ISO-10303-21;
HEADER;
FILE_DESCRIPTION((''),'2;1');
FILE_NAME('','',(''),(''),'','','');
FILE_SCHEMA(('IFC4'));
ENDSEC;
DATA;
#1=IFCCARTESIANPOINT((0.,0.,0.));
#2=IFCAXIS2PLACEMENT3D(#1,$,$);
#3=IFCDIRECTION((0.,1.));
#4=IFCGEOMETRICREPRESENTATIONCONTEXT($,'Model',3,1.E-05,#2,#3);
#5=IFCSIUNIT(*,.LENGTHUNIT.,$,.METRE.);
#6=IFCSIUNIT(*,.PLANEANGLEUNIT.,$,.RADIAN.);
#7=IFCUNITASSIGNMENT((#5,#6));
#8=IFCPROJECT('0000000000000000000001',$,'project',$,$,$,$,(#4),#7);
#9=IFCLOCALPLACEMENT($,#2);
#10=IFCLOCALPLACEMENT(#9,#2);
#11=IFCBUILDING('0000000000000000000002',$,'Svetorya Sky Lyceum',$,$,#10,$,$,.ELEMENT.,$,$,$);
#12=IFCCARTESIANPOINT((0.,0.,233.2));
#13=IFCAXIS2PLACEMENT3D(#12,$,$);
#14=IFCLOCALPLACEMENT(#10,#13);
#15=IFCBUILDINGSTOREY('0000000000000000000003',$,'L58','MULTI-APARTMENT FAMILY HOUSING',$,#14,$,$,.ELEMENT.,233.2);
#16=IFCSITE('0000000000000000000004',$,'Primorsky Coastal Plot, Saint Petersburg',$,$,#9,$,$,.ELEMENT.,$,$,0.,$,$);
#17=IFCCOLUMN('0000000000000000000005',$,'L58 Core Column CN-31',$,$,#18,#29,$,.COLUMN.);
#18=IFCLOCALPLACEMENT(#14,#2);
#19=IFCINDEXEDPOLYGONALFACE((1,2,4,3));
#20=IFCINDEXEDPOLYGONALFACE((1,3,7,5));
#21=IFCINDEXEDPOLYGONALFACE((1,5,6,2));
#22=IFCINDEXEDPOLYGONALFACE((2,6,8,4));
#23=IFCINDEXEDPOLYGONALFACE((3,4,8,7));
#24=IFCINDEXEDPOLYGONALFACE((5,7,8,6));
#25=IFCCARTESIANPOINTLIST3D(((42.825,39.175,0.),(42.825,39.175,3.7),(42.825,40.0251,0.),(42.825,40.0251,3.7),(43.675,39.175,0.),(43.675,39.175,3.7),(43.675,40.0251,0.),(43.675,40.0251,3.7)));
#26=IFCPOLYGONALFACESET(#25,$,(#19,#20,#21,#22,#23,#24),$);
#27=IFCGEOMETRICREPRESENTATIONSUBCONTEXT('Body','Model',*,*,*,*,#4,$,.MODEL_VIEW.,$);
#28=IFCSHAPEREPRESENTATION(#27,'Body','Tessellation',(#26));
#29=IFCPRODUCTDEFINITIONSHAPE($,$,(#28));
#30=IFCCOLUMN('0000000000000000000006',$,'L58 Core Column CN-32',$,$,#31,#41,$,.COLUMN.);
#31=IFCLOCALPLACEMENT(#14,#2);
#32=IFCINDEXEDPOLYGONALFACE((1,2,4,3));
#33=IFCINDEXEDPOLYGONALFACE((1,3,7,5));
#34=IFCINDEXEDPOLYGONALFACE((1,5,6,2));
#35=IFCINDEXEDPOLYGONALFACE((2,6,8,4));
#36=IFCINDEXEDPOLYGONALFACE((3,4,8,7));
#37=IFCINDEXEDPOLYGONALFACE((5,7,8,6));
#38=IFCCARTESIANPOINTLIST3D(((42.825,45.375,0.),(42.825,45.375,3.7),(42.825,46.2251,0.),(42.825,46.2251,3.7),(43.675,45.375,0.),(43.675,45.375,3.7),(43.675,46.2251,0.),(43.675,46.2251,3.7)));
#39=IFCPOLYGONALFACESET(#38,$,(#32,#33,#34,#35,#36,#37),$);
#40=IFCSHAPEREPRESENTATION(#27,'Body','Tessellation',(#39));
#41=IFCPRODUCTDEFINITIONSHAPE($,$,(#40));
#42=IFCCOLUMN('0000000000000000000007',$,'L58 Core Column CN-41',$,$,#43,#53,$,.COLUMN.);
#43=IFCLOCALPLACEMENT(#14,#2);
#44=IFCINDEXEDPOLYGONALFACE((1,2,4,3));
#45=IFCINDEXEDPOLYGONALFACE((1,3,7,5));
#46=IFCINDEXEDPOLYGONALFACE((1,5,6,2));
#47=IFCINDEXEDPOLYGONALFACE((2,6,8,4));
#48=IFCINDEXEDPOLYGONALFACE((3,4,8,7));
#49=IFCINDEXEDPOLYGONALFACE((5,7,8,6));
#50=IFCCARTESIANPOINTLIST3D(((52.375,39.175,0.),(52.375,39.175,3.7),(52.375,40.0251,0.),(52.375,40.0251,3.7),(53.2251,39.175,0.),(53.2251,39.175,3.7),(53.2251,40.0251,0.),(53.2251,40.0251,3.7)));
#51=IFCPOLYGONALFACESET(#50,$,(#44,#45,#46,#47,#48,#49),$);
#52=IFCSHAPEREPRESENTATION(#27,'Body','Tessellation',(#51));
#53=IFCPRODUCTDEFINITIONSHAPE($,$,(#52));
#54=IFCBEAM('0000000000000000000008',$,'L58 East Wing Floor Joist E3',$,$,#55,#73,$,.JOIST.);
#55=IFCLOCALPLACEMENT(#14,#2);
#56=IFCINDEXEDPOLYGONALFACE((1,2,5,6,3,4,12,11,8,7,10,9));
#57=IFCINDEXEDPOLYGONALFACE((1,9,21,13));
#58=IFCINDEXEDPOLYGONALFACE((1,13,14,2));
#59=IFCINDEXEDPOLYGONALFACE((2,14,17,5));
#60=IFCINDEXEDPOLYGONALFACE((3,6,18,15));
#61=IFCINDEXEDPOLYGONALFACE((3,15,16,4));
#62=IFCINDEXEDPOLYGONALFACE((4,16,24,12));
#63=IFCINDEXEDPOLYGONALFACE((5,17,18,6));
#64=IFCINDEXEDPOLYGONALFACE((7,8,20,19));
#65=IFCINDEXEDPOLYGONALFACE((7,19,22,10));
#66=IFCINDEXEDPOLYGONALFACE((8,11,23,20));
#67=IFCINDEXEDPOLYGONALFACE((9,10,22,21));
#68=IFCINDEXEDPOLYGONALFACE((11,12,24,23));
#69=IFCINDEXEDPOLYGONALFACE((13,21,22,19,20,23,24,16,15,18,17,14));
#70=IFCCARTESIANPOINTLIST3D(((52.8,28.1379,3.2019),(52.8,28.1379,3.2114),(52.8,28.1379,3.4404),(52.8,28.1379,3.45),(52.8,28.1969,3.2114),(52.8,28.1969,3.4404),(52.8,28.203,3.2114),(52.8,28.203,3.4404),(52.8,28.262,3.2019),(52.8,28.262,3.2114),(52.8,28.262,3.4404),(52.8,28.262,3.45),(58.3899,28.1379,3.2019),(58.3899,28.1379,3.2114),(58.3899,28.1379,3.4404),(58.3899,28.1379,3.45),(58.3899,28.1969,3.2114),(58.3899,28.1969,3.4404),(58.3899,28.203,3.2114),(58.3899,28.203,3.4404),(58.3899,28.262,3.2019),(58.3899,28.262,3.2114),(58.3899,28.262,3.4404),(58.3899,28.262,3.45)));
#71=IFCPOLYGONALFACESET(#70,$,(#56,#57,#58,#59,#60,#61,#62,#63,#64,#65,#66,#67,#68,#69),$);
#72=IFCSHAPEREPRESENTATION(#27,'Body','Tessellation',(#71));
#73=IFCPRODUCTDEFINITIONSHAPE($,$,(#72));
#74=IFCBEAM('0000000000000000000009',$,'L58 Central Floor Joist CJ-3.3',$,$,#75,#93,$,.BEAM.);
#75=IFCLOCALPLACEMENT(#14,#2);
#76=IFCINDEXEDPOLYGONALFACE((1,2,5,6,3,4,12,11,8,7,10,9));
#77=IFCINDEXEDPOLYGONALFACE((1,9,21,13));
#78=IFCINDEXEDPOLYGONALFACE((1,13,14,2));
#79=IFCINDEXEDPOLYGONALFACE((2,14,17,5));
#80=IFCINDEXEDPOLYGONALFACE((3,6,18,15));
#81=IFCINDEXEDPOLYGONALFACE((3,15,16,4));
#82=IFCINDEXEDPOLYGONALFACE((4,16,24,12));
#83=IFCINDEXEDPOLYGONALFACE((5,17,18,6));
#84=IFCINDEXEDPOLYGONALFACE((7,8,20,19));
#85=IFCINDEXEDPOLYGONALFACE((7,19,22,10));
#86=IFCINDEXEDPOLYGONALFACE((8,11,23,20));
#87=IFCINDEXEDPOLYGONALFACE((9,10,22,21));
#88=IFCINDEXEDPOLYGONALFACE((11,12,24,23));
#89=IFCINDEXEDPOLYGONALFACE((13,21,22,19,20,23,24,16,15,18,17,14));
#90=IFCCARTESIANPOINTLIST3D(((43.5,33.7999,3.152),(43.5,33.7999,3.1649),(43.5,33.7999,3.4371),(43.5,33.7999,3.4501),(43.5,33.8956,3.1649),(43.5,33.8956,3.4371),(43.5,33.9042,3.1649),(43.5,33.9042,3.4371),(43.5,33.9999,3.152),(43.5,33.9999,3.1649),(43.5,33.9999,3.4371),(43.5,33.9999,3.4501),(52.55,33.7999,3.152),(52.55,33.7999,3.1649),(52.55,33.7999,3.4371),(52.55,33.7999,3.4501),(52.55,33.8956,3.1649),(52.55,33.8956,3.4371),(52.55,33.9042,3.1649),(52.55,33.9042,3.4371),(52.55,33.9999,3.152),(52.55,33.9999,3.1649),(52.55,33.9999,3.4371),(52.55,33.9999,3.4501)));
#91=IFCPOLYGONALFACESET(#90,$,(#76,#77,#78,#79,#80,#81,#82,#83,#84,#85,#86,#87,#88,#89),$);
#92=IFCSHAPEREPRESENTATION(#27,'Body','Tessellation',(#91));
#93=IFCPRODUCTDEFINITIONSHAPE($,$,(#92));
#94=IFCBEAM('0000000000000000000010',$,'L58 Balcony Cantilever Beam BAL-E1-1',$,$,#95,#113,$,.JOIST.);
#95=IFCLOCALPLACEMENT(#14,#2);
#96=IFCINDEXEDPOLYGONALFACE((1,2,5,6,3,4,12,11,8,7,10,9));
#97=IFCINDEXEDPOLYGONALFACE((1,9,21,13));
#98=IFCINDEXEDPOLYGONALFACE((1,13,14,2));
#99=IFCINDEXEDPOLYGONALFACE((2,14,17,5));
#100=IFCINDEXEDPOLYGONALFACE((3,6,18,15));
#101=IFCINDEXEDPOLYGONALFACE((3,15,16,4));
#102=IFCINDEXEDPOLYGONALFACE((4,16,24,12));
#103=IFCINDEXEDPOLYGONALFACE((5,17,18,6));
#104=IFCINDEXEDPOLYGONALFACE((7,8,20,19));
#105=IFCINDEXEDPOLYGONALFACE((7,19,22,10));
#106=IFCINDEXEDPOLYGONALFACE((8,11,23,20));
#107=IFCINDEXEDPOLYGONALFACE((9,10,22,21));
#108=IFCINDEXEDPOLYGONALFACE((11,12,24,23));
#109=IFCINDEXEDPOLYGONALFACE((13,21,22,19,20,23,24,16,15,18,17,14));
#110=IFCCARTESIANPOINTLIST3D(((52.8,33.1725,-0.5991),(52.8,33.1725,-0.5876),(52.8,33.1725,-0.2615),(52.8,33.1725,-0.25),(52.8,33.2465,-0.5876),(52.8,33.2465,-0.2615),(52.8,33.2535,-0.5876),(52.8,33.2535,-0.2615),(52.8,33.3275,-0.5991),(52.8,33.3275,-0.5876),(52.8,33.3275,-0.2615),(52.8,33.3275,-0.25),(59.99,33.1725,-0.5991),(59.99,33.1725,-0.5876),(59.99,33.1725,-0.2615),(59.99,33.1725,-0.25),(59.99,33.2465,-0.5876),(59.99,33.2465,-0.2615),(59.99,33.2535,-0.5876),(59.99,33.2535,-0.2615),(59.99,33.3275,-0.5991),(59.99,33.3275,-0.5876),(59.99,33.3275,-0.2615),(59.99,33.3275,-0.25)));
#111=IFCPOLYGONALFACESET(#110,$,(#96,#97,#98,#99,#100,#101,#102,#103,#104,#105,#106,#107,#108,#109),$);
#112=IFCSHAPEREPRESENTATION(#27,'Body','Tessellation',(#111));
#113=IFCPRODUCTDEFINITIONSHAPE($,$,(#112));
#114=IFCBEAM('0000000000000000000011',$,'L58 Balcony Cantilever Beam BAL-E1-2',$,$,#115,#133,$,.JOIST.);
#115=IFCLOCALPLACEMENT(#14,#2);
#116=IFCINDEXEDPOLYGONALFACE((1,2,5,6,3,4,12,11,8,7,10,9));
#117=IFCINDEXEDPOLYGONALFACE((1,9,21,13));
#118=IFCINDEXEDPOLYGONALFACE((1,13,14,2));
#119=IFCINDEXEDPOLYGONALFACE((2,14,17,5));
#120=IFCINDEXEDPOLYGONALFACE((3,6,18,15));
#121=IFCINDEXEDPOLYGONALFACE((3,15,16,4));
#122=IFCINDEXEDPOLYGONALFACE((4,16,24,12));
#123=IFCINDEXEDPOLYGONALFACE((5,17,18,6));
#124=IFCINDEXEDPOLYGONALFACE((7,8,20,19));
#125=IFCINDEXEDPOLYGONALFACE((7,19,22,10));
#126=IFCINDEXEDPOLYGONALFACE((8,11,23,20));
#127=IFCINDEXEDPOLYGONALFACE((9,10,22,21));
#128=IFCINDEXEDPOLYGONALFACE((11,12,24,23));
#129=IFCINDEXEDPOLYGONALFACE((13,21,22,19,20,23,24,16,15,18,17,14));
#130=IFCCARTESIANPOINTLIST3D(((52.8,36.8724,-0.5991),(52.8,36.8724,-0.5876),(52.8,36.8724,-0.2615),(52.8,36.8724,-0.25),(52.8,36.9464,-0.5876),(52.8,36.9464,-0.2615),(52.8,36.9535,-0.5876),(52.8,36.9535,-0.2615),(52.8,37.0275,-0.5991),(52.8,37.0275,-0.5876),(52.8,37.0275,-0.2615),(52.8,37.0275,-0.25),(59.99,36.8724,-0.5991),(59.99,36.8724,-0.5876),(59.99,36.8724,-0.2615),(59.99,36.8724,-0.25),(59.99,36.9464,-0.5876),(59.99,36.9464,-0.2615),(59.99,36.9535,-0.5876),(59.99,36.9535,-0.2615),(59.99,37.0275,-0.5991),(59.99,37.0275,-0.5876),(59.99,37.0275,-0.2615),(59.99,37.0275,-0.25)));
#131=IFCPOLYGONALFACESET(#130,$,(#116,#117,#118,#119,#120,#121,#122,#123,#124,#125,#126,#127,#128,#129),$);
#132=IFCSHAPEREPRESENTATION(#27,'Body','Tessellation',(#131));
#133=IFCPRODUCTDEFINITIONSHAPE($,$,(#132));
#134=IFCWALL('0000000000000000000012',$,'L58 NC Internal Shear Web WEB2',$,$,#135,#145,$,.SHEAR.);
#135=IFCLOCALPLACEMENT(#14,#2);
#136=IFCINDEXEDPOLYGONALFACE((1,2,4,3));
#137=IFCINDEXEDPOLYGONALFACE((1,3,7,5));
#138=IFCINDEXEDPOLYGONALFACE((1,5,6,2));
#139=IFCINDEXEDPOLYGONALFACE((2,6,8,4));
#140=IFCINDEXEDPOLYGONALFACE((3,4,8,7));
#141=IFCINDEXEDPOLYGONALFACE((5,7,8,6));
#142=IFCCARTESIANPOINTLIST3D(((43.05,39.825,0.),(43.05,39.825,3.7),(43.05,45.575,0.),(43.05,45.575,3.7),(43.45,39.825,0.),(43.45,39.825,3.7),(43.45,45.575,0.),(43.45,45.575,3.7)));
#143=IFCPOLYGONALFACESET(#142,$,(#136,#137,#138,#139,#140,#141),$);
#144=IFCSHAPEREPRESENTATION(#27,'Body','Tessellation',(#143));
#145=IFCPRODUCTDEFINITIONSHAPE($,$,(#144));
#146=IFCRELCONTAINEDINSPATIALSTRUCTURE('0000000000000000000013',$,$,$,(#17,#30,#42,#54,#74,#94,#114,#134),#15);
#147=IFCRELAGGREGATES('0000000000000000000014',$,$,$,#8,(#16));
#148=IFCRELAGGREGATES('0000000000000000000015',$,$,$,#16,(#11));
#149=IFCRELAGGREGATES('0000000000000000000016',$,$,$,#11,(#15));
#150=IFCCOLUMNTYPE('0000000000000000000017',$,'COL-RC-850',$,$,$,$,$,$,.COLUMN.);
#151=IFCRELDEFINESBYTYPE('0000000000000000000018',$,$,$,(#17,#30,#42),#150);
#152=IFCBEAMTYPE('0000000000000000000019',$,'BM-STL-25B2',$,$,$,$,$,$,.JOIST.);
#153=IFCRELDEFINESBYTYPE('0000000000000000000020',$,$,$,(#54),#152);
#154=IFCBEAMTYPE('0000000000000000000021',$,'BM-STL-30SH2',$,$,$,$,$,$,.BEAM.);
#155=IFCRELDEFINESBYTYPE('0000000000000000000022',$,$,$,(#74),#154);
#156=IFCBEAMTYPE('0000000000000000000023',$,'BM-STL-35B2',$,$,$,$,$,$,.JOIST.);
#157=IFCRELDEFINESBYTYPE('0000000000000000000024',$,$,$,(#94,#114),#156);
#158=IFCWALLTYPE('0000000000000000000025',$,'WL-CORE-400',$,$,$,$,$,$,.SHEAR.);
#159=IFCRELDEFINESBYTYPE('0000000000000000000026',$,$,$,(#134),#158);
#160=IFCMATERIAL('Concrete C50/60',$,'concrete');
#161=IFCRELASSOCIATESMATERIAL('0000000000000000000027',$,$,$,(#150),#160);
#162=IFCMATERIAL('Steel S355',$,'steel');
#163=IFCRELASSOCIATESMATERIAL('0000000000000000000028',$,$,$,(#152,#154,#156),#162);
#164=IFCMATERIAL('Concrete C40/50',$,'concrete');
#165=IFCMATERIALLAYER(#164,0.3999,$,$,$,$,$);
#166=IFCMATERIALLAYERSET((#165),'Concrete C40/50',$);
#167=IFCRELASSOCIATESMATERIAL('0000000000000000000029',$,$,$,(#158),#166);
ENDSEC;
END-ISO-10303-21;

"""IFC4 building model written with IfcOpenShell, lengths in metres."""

from ifc_helpers import new_model, si_unit, direction, frame, frame_2d, origin, origin_2d, place, context, subcontext, project, spatial, rectangle, i_section, extrude, material, layer, layer_set, material_profile, profile_set, type_object, element, save


model = new_model("IFC4")

# Units and contexts
model_context = context("Model", 3, precision=1e-05, world=origin(), true_north=direction((0.0, 1.0)))
body_context = subcontext(model_context, "Body", "Model", "MODEL_VIEW")
ifc_project = project(units=[si_unit("LENGTHUNIT", "METRE"), si_unit("PLANEANGLEUNIT", "RADIAN")], contexts=[model_context])

# Site, building, storey
site_placement = place(None, origin())
site = spatial("IfcSite", under=ifc_project, at=site_placement, Name="Primorsky Coastal Plot, Saint Petersburg", CompositionType="ELEMENT", RefElevation=0.0)
building_placement = place(site_placement, origin())
building = spatial("IfcBuilding", under=site, at=building_placement, Name="Svetorya Sky Lyceum", CompositionType="ELEMENT")
storey_placement = place(building_placement, frame((0.0, 0.0, 233.2)))
storey = spatial("IfcBuildingStorey", under=building, at=storey_placement, Name="L58", Description="MULTI-APARTMENT FAMILY HOUSING", CompositionType="ELEMENT", Elevation=233.2)

# Columns
ifc_material_1 = material(Name="Concrete C50/60", Category="concrete")
ifc_material_profile_1 = material_profile(ifc_material_1, rectangle(XDim=0.8501, YDim=0.8501, at=origin_2d()), Name="RC COL 850x850")
ifc_profile_set_1 = profile_set([ifc_material_profile_1], Name="Concrete C50/60")
column_type = type_object("IfcColumnType", Name="COL-RC-850", PredefinedType="COLUMN", material=ifc_profile_set_1)
for number, where, z_axis, x_axis, name in (
    (1, (43.25, 39.6001, 0.0), (0.0, 0.0, 1.0), (1.0, 0.0, 0.0), "L58 Core Column CN-31"),
    (2, (43.25, 45.8, 0.0), (0.0, 0.0, 1.0), (1.0, 0.0, 0.0), "L58 Core Column CN-32"),
    (3, (52.8, 39.6001, 0.0), (0.0, 0.0, 1.0), (1.0, 0.0, 0.0), "L58 Core Column CN-41"),
):
    element("IfcColumn", number, at=place(storey_placement, frame(where, z_axis=z_axis, x_axis=x_axis)), inside=storey, type_object=column_type, Name=name, PredefinedType="COLUMN", context=body_context, shape_type="SweptSolid", body=[
        extrude(rectangle(XDim=0.8501, YDim=0.8501, at=origin_2d()), origin(), (0.0, 0.0, 1.0), 3.7),
    ])

# Beams
ifc_material_2 = material(Name="Steel S355", Category="steel")
ifc_material_profile_2 = material_profile(ifc_material_2, i_section(OverallWidth=0.124, OverallDepth=0.248, WebThickness=0.0061, FlangeThickness=0.0095, at=origin_2d()), Name="GOST 25B2")
ifc_profile_set_2 = profile_set([ifc_material_profile_2], Name="Steel S355")
beam_type_1 = type_object("IfcBeamType", Name="BM-STL-25B2", PredefinedType="JOIST", material=ifc_profile_set_2)
beam_1_placement = place(storey_placement, frame((52.8, 28.2, 3.3259), z_axis=(1.0, 0.0, 0.0), x_axis=(0.0, 1.0, 0.0)))
element("IfcBeam", 4, at=beam_1_placement, inside=storey, type_object=beam_type_1, Name="L58 East Wing Floor Joist E3", PredefinedType="JOIST", context=body_context, shape_type="SweptSolid", body=[
    extrude(i_section(OverallWidth=0.124, OverallDepth=0.248, WebThickness=0.0061, FlangeThickness=0.0095, at=origin_2d()), origin(), (0.0, 0.0, 1.0), 5.5898),
])
ifc_material_profile_3 = material_profile(ifc_material_2, i_section(OverallWidth=0.2, OverallDepth=0.2981, WebThickness=0.0085, FlangeThickness=0.0129, at=origin_2d()), Name="GOST 30Sh2")
ifc_profile_set_3 = profile_set([ifc_material_profile_3], Name="Steel S355")
beam_type_2 = type_object("IfcBeamType", Name="BM-STL-30SH2", PredefinedType="BEAM", material=ifc_profile_set_3)
beam_2_placement = place(storey_placement, frame((43.5, 33.8999, 3.301), z_axis=(1.0, 0.0, 0.0), x_axis=(0.0, 1.0, 0.0)))
element("IfcBeam", 5, at=beam_2_placement, inside=storey, type_object=beam_type_2, Name="L58 Central Floor Joist CJ-3.3", PredefinedType="BEAM", context=body_context, shape_type="SweptSolid", body=[
    extrude(i_section(OverallWidth=0.2, OverallDepth=0.2981, WebThickness=0.0085, FlangeThickness=0.0129, at=origin_2d()), origin(), (0.0, 0.0, 1.0), 9.05),
])
ifc_material_profile_4 = material_profile(ifc_material_2, i_section(OverallWidth=0.155, OverallDepth=0.3491, WebThickness=0.0071, FlangeThickness=0.0115, at=origin_2d()), Name="GOST 35B2")
ifc_profile_set_4 = profile_set([ifc_material_profile_4], Name="Steel S355")
beam_type_3 = type_object("IfcBeamType", Name="BM-STL-35B2", PredefinedType="JOIST", material=ifc_profile_set_4)
for number, where, z_axis, x_axis, name in (
    (6, (52.8, 33.25, -0.4246), (1.0, 0.0, 0.0), (0.0, 1.0, 0.0), "L58 Balcony Cantilever Beam BAL-E1-1"),
    (7, (52.8, 36.95, -0.4246), (1.0, 0.0, 0.0), (0.0, 1.0, 0.0), "L58 Balcony Cantilever Beam BAL-E1-2"),
):
    element("IfcBeam", number, at=place(storey_placement, frame(where, z_axis=z_axis, x_axis=x_axis)), inside=storey, type_object=beam_type_3, Name=name, PredefinedType="JOIST", context=body_context, shape_type="SweptSolid", body=[
        extrude(i_section(OverallWidth=0.155, OverallDepth=0.3491, WebThickness=0.0071, FlangeThickness=0.0115, at=origin_2d()), origin(), (0.0, 0.0, 1.0), 7.1899),
    ])

# Wall
ifc_material_3 = material(Name="Concrete C40/50", Category="concrete")
ifc_layer_1 = layer(ifc_material_3, 0.3999)
ifc_layer_set_1 = layer_set([ifc_layer_1], Name="Concrete C40/50")
wall_type_1 = type_object("IfcWallType", Name="WL-CORE-400", PredefinedType="SHEAR", material=ifc_layer_set_1)
wall_1_placement = place(storey_placement, frame((43.25, 39.825, 0.0), z_axis=(0.0, 0.0, 1.0), x_axis=(0.0, 1.0, 0.0)))
element("IfcWall", 8, at=wall_1_placement, inside=storey, type_object=wall_type_1, Name="L58 NC Internal Shear Web WEB2", PredefinedType="SHEAR", context=body_context, shape_type="SweptSolid", body=[
    extrude(rectangle(XDim=5.75, YDim=0.3999, at=frame_2d((2.875, 0.0))), origin(), (0.0, 0.0, 1.0), 3.7),
])

save(model, "model.ifc")
